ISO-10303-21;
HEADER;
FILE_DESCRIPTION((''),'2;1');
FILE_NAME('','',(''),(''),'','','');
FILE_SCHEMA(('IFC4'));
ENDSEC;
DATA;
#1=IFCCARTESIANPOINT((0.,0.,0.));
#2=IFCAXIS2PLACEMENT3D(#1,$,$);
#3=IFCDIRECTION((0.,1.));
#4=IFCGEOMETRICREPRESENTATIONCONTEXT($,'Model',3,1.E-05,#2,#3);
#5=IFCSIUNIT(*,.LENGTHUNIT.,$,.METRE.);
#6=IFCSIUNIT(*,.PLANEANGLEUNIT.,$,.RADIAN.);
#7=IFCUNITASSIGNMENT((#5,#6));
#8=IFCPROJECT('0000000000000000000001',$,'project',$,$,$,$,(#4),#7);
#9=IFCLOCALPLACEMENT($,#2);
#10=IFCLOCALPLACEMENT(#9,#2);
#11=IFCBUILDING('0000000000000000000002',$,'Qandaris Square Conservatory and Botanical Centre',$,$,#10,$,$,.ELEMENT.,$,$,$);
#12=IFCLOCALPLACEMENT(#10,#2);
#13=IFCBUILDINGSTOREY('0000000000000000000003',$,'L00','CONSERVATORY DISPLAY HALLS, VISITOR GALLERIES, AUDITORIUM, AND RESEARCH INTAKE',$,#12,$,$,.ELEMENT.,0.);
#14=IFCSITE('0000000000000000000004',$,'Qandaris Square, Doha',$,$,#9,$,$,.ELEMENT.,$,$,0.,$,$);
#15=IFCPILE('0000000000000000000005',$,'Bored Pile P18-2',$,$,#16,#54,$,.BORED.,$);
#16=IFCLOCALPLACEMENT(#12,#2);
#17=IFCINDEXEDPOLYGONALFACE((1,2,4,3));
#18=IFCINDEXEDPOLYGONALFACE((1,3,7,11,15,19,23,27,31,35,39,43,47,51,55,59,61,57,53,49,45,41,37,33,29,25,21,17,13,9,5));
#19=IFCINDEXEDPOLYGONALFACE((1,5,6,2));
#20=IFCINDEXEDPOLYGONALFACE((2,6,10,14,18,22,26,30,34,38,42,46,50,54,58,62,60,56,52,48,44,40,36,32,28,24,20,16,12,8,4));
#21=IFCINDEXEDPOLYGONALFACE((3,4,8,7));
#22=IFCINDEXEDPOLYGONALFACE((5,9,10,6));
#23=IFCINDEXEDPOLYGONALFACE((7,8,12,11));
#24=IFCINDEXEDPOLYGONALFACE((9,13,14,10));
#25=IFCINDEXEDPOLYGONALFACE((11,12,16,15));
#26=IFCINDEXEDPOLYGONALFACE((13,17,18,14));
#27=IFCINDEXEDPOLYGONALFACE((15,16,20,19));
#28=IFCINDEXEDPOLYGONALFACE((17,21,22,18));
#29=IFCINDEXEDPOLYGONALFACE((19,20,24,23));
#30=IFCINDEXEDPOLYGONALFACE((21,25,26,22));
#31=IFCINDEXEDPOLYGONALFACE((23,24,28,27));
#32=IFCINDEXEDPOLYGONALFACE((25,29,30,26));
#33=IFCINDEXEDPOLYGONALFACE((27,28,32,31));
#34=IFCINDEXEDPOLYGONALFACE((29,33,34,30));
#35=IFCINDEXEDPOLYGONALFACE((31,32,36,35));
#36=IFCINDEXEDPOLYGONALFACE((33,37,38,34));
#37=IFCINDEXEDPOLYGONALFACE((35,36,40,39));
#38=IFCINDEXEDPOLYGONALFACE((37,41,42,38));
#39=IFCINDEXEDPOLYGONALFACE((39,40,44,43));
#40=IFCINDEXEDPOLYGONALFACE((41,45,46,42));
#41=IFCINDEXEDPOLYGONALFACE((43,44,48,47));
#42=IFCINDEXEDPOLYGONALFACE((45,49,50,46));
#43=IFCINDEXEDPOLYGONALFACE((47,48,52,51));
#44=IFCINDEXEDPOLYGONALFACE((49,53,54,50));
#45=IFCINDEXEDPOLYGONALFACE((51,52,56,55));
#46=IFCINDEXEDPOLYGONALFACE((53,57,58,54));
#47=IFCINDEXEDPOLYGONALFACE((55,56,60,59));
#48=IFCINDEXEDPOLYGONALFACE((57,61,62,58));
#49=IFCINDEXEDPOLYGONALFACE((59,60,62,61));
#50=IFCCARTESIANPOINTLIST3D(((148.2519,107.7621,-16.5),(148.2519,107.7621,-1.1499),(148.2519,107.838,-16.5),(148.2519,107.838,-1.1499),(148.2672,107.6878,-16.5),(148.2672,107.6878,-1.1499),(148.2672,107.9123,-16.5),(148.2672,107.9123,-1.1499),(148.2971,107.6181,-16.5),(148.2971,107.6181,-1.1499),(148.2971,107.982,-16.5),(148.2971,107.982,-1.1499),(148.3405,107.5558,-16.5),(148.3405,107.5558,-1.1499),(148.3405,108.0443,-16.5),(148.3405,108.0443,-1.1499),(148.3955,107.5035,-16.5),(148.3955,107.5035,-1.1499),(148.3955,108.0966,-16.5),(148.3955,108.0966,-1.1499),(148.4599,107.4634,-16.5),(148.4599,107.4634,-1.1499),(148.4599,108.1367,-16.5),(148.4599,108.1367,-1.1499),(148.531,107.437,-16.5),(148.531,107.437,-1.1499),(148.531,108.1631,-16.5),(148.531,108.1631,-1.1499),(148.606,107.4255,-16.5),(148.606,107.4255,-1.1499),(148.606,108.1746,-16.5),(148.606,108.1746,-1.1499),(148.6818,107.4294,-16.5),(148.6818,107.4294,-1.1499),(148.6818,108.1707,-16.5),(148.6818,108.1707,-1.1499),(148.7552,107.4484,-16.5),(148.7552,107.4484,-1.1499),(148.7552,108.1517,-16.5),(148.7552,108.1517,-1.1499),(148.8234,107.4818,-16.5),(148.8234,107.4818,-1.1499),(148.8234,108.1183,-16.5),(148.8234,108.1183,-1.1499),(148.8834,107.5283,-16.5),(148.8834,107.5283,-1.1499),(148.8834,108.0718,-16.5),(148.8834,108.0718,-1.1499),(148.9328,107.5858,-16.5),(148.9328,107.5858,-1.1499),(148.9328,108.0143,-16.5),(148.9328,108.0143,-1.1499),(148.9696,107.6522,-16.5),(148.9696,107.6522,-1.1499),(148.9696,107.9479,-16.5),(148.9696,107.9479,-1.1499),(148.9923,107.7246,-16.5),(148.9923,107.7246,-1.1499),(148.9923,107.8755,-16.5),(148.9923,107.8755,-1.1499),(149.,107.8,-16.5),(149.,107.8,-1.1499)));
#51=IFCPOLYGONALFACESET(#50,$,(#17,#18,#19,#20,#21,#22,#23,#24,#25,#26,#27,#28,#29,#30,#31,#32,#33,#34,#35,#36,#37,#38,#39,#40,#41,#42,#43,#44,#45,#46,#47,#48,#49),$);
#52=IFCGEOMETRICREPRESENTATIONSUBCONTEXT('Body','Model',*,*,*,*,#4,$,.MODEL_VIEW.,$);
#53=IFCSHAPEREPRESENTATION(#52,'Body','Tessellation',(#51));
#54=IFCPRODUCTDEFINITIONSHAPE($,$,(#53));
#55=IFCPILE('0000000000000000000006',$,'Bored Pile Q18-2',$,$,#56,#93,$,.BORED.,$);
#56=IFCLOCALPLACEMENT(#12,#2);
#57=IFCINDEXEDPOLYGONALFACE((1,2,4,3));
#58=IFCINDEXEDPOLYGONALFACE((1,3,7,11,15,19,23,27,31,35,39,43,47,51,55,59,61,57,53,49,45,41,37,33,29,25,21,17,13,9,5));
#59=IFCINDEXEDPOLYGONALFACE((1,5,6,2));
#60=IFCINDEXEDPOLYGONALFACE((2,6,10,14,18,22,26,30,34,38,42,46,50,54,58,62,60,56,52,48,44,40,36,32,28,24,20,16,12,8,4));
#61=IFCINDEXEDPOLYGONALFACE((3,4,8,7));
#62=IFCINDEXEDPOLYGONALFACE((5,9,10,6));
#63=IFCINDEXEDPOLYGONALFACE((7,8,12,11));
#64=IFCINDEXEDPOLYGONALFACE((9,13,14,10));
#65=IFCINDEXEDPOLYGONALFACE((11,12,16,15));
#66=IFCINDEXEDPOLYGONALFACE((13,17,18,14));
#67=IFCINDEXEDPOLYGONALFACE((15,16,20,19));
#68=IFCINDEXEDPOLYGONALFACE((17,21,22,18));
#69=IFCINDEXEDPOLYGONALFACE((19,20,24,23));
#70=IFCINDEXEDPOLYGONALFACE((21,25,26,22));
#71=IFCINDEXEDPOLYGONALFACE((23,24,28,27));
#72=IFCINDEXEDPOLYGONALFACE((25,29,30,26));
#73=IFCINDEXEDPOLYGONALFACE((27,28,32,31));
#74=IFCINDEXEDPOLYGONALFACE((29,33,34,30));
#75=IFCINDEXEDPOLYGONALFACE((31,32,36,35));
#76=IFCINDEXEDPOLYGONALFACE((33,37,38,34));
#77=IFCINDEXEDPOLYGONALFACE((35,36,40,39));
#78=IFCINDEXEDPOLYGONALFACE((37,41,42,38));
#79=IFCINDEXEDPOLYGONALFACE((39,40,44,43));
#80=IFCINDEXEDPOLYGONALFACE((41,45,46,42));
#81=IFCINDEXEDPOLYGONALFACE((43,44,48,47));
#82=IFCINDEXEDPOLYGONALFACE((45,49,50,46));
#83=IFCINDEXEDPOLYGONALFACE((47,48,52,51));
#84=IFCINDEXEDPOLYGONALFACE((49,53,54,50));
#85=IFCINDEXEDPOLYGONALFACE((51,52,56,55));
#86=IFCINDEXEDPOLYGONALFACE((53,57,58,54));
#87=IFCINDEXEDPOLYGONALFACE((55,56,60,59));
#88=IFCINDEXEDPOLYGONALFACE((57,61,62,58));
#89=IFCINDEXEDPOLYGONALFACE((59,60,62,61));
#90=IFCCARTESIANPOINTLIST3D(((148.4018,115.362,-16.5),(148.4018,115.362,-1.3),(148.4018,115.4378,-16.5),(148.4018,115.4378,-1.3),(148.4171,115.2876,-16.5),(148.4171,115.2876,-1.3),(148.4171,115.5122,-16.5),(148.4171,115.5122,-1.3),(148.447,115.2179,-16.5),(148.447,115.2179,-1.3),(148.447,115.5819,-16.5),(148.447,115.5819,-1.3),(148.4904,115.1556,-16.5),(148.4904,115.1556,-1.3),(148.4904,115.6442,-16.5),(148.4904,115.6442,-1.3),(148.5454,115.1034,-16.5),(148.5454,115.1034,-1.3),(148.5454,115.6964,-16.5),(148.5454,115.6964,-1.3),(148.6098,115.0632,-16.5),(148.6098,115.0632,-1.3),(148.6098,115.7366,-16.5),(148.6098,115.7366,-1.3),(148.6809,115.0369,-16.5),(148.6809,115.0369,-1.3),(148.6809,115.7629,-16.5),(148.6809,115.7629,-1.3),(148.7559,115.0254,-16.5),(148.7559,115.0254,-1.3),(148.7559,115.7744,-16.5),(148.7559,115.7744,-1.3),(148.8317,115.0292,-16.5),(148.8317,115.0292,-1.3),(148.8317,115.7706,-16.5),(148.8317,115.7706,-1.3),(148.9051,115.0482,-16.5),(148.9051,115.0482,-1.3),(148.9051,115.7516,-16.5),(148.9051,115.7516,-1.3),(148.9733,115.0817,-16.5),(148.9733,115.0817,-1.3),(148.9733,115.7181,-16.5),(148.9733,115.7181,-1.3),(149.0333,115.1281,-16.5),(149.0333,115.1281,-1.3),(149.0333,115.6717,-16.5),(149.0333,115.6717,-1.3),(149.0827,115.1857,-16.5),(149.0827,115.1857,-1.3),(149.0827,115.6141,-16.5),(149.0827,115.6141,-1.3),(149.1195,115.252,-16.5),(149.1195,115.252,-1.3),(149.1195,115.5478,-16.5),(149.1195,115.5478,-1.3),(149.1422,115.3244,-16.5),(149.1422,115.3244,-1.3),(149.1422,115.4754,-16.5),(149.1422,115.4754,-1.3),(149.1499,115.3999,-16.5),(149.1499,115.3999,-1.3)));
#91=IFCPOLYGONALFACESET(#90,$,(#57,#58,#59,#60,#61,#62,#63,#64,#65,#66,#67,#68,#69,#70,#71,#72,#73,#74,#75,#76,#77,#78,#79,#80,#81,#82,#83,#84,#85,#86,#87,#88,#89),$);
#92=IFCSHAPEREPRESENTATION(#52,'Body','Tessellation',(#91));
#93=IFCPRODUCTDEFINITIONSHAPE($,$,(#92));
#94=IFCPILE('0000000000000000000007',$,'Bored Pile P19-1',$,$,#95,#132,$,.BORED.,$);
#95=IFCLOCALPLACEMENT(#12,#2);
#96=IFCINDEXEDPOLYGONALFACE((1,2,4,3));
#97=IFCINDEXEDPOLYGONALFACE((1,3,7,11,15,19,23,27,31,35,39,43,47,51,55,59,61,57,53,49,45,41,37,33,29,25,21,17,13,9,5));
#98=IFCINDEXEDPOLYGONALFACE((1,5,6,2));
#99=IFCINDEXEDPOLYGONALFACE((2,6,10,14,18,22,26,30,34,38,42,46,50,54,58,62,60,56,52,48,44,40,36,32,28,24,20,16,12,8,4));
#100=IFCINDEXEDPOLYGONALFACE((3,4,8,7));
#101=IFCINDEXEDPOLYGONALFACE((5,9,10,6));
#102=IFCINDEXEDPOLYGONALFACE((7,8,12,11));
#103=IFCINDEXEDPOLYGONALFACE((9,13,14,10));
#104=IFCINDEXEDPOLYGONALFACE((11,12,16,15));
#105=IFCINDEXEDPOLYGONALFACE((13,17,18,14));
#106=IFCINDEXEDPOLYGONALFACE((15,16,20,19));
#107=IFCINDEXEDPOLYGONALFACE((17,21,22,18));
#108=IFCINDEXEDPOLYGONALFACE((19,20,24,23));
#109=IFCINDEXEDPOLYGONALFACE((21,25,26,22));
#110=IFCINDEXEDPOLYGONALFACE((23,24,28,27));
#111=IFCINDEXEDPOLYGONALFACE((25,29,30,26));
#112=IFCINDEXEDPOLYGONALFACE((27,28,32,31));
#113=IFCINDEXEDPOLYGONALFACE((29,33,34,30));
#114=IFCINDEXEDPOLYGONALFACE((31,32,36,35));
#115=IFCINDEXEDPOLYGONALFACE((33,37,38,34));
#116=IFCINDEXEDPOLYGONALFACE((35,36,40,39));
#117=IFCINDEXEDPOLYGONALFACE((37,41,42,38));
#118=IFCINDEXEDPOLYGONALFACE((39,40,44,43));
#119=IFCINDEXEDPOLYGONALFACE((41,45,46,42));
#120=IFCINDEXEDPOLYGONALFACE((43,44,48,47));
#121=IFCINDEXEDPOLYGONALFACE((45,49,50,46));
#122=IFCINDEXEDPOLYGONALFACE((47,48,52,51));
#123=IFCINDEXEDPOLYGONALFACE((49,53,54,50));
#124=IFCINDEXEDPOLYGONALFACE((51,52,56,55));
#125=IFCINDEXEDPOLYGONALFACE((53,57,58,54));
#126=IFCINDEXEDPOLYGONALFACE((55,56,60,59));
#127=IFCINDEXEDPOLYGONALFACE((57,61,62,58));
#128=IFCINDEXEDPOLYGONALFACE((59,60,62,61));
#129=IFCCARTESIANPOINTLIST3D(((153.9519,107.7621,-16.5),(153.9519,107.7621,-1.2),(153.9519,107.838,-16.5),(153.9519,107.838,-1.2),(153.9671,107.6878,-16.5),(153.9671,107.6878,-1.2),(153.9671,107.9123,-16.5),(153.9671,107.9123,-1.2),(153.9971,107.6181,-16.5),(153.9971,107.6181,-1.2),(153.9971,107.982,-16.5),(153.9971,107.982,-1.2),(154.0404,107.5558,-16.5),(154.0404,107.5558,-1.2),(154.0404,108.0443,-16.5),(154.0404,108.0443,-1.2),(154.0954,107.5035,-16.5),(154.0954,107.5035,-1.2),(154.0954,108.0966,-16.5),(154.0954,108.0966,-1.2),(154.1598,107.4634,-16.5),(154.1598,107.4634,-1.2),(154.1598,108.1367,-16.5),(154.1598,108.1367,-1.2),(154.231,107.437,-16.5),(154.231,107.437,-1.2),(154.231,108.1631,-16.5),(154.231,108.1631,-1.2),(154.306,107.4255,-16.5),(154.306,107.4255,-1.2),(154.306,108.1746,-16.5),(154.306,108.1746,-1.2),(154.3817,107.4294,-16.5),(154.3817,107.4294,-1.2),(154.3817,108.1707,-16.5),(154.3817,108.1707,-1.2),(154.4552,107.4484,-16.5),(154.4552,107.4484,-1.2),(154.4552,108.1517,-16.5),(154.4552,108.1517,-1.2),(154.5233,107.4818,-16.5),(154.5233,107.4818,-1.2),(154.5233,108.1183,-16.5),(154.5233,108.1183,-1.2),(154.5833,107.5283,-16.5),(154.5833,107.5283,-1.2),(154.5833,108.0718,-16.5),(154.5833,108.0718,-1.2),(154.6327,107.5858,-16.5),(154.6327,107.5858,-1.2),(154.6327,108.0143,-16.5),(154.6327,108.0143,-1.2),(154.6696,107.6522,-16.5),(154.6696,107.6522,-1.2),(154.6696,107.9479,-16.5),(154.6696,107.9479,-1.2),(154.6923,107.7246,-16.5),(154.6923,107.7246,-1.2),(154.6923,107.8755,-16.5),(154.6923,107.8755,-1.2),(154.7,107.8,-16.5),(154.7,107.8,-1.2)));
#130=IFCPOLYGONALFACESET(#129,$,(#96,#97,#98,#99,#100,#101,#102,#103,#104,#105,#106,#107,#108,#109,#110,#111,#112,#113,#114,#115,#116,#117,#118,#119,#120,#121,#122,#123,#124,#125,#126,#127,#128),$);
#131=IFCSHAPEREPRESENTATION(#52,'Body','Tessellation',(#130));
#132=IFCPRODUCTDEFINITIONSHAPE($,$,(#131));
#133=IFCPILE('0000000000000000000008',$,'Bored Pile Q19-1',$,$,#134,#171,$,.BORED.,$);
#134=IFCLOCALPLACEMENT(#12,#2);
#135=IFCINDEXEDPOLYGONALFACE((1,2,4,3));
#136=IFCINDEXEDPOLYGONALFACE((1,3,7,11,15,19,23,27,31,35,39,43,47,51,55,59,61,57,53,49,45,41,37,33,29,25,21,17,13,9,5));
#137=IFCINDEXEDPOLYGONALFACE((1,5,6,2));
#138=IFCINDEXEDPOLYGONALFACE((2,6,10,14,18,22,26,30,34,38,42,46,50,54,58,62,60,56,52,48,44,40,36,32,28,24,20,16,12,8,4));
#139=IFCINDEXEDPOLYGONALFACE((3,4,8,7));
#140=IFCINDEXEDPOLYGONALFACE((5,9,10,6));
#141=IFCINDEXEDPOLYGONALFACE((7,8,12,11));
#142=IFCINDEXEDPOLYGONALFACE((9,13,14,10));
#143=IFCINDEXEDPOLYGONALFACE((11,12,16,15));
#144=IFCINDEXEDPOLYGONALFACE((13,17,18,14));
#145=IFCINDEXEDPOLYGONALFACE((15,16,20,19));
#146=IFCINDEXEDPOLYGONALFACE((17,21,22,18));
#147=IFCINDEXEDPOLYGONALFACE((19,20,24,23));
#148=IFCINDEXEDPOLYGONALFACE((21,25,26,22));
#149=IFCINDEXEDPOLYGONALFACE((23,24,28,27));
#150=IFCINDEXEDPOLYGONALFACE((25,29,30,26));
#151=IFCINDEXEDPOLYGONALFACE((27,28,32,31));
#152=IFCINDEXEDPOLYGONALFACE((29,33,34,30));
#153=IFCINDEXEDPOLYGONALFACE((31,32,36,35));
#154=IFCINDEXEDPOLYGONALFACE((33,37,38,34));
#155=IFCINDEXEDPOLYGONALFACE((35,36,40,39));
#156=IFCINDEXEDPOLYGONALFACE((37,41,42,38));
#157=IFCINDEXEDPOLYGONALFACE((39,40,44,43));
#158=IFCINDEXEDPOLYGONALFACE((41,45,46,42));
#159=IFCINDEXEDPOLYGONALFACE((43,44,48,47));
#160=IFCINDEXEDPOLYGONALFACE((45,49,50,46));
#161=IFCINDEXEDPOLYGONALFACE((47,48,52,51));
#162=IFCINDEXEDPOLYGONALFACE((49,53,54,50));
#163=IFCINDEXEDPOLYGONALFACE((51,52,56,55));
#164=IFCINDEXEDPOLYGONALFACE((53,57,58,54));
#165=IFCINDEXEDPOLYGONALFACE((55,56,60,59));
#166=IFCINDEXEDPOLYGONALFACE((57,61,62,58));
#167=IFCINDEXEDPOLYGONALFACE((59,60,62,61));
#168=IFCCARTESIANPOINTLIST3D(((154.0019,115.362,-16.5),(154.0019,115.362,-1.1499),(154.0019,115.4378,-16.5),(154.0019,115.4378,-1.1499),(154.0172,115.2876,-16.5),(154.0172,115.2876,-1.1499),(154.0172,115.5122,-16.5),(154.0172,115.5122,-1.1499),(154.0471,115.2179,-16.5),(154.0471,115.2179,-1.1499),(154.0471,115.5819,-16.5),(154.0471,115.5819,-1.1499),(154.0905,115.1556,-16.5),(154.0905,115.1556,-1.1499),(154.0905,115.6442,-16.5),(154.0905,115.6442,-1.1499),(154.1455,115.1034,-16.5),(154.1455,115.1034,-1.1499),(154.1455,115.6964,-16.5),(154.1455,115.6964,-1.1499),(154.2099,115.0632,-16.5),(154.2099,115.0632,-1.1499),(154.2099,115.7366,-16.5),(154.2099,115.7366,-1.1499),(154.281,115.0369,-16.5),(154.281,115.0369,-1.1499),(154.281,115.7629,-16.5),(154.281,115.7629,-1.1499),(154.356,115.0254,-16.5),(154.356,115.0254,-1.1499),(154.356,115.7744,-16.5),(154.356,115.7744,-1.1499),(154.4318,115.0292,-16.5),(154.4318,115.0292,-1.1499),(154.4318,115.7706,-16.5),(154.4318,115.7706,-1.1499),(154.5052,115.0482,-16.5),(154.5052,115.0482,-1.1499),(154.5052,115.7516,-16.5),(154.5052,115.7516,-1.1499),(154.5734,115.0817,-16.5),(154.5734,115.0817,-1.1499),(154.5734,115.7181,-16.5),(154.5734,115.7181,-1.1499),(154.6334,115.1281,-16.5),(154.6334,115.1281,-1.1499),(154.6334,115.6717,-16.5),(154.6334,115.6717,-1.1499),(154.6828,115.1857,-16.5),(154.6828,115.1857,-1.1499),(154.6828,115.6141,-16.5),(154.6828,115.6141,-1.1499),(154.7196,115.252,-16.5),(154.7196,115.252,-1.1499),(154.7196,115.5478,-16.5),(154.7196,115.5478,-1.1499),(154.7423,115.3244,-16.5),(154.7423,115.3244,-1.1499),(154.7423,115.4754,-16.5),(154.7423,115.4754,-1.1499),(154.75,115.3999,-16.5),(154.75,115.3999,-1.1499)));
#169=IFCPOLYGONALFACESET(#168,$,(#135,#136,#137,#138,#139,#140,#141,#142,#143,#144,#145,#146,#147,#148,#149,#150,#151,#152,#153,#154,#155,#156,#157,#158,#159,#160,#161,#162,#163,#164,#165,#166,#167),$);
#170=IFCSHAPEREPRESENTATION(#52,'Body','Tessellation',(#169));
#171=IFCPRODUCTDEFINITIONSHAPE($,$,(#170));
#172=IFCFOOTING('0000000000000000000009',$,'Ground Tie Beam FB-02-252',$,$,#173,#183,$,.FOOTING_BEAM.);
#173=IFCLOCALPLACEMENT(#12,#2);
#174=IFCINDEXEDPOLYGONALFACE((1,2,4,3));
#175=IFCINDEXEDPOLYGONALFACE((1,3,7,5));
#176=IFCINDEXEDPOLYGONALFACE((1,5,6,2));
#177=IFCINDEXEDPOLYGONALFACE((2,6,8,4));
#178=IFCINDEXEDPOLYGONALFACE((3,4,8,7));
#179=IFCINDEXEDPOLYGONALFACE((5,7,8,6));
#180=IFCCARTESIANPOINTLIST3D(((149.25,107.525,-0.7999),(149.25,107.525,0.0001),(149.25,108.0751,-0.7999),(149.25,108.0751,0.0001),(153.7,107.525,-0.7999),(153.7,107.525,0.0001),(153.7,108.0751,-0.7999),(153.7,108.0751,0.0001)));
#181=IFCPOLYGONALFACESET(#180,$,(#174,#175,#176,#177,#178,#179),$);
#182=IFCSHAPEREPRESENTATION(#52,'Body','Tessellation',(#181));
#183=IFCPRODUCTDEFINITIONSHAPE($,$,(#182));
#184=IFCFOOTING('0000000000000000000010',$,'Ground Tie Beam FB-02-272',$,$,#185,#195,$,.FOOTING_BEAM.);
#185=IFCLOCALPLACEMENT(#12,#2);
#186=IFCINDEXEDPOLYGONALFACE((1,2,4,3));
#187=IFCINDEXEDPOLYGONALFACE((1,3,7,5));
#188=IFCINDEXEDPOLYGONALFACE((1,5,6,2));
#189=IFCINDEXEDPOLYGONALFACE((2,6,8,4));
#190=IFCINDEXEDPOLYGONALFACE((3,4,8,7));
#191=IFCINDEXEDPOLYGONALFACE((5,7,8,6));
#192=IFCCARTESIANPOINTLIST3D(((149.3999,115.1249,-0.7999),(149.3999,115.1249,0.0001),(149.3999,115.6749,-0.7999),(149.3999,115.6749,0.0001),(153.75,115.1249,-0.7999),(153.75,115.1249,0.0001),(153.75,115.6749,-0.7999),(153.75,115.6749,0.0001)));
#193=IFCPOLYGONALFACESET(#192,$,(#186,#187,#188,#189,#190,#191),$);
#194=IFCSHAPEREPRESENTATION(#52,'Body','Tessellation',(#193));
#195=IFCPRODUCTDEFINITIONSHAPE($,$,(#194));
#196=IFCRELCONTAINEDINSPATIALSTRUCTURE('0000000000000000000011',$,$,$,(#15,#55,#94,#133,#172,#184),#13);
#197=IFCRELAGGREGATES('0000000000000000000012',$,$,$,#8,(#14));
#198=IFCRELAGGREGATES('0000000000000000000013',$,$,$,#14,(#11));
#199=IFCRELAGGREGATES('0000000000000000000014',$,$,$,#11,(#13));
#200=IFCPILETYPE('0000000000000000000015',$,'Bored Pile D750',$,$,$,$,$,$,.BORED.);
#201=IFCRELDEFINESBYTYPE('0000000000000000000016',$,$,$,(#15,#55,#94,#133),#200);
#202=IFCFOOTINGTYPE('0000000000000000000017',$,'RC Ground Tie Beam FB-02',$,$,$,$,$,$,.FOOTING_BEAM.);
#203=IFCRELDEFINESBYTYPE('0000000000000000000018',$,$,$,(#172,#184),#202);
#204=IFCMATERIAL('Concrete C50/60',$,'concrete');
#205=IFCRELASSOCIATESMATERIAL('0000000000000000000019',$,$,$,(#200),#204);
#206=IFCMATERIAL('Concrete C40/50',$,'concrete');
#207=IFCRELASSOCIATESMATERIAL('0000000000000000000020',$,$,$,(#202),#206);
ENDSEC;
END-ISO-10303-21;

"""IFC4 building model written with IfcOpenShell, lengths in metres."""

from ifc_helpers import new_model, si_unit, direction, frame, origin, origin_2d, place, context, subcontext, project, spatial, rectangle, circle, extrude, material, material_profile, profile_set, type_object, element, save


model = new_model("IFC4")

# Units and contexts
model_context = context("Model", 3, precision=1e-05, world=origin(), true_north=direction((0.0, 1.0)))
body_context = subcontext(model_context, "Body", "Model", "MODEL_VIEW")
ifc_project = project(units=[si_unit("LENGTHUNIT", "METRE"), si_unit("PLANEANGLEUNIT", "RADIAN")], contexts=[model_context])

# Site, building, storey
site_placement = place(None, origin())
site = spatial("IfcSite", under=ifc_project, at=site_placement, Name="Qandaris Square, Doha", CompositionType="ELEMENT", RefElevation=0.0)
building_placement = place(site_placement, origin())
building = spatial("IfcBuilding", under=site, at=building_placement, Name="Qandaris Square Conservatory and Botanical Centre", CompositionType="ELEMENT")
storey_placement = place(building_placement, origin())
storey = spatial("IfcBuildingStorey", under=building, at=storey_placement, Name="L00", Description="CONSERVATORY DISPLAY HALLS, VISITOR GALLERIES, AUDITORIUM, AND RESEARCH INTAKE", CompositionType="ELEMENT", Elevation=0.0)

# Piles
ifc_material_1 = material(Name="Concrete C50/60", Category="concrete")
ifc_material_profile_1 = material_profile(ifc_material_1, circle(Radius=0.375, at=origin_2d()), Name="PILE D750")
ifc_profile_set_1 = profile_set([ifc_material_profile_1], Name="Concrete C50/60")
pile_type = type_object("IfcPileType", Name="Bored Pile D750", PredefinedType="BORED", material=ifc_profile_set_1)
pile_1_placement = place(storey_placement, frame((148.625, 107.8, -1.1499), z_axis=(0.0, 0.0, -1.0), x_axis=(1.0, 0.0, 0.0)))
element("IfcPile", 1, at=pile_1_placement, inside=storey, type_object=pile_type, Name="Bored Pile P18-2", PredefinedType="BORED", context=body_context, shape_type="SweptSolid", body=[
    extrude(circle(Radius=0.375, at=origin_2d()), origin(), (0.0, 0.0, 1.0), 15.3501),
])
pile_2_placement = place(storey_placement, frame((148.7749, 115.3999, -1.3), z_axis=(0.0, 0.0, -1.0), x_axis=(1.0, 0.0, 0.0)))
element("IfcPile", 2, at=pile_2_placement, inside=storey, type_object=pile_type, Name="Bored Pile Q18-2", PredefinedType="BORED", context=body_context, shape_type="SweptSolid", body=[
    extrude(circle(Radius=0.375, at=origin_2d()), origin(), (0.0, 0.0, 1.0), 15.2),
])
pile_3_placement = place(storey_placement, frame((154.325, 107.8, -1.2), z_axis=(0.0, 0.0, -1.0), x_axis=(1.0, 0.0, 0.0)))
element("IfcPile", 3, at=pile_3_placement, inside=storey, type_object=pile_type, Name="Bored Pile P19-1", PredefinedType="BORED", context=body_context, shape_type="SweptSolid", body=[
    extrude(circle(Radius=0.375, at=origin_2d()), origin(), (0.0, 0.0, 1.0), 15.3),
])
pile_4_placement = place(storey_placement, frame((154.375, 115.3999, -1.1499), z_axis=(0.0, 0.0, -1.0), x_axis=(1.0, 0.0, 0.0)))
element("IfcPile", 4, at=pile_4_placement, inside=storey, type_object=pile_type, Name="Bored Pile Q19-1", PredefinedType="BORED", context=body_context, shape_type="SweptSolid", body=[
    extrude(circle(Radius=0.375, at=origin_2d()), origin(), (0.0, 0.0, 1.0), 15.3501),
])

# Footings
ifc_material_2 = material(Name="Concrete C40/50", Category="concrete")
ifc_material_profile_2 = material_profile(ifc_material_2, rectangle(XDim=0.55, YDim=0.8, at=origin_2d()), Name="FB 550x800")
ifc_profile_set_2 = profile_set([ifc_material_profile_2], Name="Concrete C40/50")
footing_type_1 = type_object("IfcFootingType", Name="RC Ground Tie Beam FB-02", PredefinedType="FOOTING_BEAM", material=ifc_profile_set_2)
footing_1_placement = place(storey_placement, frame((149.25, 107.8, -0.3999), z_axis=(1.0, 0.0, 0.0), x_axis=(0.0, 1.0, 0.0)))
element("IfcFooting", 5, at=footing_1_placement, inside=storey, type_object=footing_type_1, Name="Ground Tie Beam FB-02-252", PredefinedType="FOOTING_BEAM", context=body_context, shape_type="SweptSolid", body=[
    extrude(rectangle(XDim=0.55, YDim=0.8, at=origin_2d()), origin(), (0.0, 0.0, 1.0), 4.45),
])
footing_2_placement = place(storey_placement, frame((149.3999, 115.3999, -0.3999), z_axis=(1.0, 0.0, 0.0), x_axis=(0.0, 1.0, 0.0)))
element("IfcFooting", 6, at=footing_2_placement, inside=storey, type_object=footing_type_1, Name="Ground Tie Beam FB-02-272", PredefinedType="FOOTING_BEAM", context=body_context, shape_type="SweptSolid", body=[
    extrude(rectangle(XDim=0.55, YDim=0.8, at=origin_2d()), origin(), (0.0, 0.0, 1.0), 4.3501),
])

save(model, "model.ifc")
